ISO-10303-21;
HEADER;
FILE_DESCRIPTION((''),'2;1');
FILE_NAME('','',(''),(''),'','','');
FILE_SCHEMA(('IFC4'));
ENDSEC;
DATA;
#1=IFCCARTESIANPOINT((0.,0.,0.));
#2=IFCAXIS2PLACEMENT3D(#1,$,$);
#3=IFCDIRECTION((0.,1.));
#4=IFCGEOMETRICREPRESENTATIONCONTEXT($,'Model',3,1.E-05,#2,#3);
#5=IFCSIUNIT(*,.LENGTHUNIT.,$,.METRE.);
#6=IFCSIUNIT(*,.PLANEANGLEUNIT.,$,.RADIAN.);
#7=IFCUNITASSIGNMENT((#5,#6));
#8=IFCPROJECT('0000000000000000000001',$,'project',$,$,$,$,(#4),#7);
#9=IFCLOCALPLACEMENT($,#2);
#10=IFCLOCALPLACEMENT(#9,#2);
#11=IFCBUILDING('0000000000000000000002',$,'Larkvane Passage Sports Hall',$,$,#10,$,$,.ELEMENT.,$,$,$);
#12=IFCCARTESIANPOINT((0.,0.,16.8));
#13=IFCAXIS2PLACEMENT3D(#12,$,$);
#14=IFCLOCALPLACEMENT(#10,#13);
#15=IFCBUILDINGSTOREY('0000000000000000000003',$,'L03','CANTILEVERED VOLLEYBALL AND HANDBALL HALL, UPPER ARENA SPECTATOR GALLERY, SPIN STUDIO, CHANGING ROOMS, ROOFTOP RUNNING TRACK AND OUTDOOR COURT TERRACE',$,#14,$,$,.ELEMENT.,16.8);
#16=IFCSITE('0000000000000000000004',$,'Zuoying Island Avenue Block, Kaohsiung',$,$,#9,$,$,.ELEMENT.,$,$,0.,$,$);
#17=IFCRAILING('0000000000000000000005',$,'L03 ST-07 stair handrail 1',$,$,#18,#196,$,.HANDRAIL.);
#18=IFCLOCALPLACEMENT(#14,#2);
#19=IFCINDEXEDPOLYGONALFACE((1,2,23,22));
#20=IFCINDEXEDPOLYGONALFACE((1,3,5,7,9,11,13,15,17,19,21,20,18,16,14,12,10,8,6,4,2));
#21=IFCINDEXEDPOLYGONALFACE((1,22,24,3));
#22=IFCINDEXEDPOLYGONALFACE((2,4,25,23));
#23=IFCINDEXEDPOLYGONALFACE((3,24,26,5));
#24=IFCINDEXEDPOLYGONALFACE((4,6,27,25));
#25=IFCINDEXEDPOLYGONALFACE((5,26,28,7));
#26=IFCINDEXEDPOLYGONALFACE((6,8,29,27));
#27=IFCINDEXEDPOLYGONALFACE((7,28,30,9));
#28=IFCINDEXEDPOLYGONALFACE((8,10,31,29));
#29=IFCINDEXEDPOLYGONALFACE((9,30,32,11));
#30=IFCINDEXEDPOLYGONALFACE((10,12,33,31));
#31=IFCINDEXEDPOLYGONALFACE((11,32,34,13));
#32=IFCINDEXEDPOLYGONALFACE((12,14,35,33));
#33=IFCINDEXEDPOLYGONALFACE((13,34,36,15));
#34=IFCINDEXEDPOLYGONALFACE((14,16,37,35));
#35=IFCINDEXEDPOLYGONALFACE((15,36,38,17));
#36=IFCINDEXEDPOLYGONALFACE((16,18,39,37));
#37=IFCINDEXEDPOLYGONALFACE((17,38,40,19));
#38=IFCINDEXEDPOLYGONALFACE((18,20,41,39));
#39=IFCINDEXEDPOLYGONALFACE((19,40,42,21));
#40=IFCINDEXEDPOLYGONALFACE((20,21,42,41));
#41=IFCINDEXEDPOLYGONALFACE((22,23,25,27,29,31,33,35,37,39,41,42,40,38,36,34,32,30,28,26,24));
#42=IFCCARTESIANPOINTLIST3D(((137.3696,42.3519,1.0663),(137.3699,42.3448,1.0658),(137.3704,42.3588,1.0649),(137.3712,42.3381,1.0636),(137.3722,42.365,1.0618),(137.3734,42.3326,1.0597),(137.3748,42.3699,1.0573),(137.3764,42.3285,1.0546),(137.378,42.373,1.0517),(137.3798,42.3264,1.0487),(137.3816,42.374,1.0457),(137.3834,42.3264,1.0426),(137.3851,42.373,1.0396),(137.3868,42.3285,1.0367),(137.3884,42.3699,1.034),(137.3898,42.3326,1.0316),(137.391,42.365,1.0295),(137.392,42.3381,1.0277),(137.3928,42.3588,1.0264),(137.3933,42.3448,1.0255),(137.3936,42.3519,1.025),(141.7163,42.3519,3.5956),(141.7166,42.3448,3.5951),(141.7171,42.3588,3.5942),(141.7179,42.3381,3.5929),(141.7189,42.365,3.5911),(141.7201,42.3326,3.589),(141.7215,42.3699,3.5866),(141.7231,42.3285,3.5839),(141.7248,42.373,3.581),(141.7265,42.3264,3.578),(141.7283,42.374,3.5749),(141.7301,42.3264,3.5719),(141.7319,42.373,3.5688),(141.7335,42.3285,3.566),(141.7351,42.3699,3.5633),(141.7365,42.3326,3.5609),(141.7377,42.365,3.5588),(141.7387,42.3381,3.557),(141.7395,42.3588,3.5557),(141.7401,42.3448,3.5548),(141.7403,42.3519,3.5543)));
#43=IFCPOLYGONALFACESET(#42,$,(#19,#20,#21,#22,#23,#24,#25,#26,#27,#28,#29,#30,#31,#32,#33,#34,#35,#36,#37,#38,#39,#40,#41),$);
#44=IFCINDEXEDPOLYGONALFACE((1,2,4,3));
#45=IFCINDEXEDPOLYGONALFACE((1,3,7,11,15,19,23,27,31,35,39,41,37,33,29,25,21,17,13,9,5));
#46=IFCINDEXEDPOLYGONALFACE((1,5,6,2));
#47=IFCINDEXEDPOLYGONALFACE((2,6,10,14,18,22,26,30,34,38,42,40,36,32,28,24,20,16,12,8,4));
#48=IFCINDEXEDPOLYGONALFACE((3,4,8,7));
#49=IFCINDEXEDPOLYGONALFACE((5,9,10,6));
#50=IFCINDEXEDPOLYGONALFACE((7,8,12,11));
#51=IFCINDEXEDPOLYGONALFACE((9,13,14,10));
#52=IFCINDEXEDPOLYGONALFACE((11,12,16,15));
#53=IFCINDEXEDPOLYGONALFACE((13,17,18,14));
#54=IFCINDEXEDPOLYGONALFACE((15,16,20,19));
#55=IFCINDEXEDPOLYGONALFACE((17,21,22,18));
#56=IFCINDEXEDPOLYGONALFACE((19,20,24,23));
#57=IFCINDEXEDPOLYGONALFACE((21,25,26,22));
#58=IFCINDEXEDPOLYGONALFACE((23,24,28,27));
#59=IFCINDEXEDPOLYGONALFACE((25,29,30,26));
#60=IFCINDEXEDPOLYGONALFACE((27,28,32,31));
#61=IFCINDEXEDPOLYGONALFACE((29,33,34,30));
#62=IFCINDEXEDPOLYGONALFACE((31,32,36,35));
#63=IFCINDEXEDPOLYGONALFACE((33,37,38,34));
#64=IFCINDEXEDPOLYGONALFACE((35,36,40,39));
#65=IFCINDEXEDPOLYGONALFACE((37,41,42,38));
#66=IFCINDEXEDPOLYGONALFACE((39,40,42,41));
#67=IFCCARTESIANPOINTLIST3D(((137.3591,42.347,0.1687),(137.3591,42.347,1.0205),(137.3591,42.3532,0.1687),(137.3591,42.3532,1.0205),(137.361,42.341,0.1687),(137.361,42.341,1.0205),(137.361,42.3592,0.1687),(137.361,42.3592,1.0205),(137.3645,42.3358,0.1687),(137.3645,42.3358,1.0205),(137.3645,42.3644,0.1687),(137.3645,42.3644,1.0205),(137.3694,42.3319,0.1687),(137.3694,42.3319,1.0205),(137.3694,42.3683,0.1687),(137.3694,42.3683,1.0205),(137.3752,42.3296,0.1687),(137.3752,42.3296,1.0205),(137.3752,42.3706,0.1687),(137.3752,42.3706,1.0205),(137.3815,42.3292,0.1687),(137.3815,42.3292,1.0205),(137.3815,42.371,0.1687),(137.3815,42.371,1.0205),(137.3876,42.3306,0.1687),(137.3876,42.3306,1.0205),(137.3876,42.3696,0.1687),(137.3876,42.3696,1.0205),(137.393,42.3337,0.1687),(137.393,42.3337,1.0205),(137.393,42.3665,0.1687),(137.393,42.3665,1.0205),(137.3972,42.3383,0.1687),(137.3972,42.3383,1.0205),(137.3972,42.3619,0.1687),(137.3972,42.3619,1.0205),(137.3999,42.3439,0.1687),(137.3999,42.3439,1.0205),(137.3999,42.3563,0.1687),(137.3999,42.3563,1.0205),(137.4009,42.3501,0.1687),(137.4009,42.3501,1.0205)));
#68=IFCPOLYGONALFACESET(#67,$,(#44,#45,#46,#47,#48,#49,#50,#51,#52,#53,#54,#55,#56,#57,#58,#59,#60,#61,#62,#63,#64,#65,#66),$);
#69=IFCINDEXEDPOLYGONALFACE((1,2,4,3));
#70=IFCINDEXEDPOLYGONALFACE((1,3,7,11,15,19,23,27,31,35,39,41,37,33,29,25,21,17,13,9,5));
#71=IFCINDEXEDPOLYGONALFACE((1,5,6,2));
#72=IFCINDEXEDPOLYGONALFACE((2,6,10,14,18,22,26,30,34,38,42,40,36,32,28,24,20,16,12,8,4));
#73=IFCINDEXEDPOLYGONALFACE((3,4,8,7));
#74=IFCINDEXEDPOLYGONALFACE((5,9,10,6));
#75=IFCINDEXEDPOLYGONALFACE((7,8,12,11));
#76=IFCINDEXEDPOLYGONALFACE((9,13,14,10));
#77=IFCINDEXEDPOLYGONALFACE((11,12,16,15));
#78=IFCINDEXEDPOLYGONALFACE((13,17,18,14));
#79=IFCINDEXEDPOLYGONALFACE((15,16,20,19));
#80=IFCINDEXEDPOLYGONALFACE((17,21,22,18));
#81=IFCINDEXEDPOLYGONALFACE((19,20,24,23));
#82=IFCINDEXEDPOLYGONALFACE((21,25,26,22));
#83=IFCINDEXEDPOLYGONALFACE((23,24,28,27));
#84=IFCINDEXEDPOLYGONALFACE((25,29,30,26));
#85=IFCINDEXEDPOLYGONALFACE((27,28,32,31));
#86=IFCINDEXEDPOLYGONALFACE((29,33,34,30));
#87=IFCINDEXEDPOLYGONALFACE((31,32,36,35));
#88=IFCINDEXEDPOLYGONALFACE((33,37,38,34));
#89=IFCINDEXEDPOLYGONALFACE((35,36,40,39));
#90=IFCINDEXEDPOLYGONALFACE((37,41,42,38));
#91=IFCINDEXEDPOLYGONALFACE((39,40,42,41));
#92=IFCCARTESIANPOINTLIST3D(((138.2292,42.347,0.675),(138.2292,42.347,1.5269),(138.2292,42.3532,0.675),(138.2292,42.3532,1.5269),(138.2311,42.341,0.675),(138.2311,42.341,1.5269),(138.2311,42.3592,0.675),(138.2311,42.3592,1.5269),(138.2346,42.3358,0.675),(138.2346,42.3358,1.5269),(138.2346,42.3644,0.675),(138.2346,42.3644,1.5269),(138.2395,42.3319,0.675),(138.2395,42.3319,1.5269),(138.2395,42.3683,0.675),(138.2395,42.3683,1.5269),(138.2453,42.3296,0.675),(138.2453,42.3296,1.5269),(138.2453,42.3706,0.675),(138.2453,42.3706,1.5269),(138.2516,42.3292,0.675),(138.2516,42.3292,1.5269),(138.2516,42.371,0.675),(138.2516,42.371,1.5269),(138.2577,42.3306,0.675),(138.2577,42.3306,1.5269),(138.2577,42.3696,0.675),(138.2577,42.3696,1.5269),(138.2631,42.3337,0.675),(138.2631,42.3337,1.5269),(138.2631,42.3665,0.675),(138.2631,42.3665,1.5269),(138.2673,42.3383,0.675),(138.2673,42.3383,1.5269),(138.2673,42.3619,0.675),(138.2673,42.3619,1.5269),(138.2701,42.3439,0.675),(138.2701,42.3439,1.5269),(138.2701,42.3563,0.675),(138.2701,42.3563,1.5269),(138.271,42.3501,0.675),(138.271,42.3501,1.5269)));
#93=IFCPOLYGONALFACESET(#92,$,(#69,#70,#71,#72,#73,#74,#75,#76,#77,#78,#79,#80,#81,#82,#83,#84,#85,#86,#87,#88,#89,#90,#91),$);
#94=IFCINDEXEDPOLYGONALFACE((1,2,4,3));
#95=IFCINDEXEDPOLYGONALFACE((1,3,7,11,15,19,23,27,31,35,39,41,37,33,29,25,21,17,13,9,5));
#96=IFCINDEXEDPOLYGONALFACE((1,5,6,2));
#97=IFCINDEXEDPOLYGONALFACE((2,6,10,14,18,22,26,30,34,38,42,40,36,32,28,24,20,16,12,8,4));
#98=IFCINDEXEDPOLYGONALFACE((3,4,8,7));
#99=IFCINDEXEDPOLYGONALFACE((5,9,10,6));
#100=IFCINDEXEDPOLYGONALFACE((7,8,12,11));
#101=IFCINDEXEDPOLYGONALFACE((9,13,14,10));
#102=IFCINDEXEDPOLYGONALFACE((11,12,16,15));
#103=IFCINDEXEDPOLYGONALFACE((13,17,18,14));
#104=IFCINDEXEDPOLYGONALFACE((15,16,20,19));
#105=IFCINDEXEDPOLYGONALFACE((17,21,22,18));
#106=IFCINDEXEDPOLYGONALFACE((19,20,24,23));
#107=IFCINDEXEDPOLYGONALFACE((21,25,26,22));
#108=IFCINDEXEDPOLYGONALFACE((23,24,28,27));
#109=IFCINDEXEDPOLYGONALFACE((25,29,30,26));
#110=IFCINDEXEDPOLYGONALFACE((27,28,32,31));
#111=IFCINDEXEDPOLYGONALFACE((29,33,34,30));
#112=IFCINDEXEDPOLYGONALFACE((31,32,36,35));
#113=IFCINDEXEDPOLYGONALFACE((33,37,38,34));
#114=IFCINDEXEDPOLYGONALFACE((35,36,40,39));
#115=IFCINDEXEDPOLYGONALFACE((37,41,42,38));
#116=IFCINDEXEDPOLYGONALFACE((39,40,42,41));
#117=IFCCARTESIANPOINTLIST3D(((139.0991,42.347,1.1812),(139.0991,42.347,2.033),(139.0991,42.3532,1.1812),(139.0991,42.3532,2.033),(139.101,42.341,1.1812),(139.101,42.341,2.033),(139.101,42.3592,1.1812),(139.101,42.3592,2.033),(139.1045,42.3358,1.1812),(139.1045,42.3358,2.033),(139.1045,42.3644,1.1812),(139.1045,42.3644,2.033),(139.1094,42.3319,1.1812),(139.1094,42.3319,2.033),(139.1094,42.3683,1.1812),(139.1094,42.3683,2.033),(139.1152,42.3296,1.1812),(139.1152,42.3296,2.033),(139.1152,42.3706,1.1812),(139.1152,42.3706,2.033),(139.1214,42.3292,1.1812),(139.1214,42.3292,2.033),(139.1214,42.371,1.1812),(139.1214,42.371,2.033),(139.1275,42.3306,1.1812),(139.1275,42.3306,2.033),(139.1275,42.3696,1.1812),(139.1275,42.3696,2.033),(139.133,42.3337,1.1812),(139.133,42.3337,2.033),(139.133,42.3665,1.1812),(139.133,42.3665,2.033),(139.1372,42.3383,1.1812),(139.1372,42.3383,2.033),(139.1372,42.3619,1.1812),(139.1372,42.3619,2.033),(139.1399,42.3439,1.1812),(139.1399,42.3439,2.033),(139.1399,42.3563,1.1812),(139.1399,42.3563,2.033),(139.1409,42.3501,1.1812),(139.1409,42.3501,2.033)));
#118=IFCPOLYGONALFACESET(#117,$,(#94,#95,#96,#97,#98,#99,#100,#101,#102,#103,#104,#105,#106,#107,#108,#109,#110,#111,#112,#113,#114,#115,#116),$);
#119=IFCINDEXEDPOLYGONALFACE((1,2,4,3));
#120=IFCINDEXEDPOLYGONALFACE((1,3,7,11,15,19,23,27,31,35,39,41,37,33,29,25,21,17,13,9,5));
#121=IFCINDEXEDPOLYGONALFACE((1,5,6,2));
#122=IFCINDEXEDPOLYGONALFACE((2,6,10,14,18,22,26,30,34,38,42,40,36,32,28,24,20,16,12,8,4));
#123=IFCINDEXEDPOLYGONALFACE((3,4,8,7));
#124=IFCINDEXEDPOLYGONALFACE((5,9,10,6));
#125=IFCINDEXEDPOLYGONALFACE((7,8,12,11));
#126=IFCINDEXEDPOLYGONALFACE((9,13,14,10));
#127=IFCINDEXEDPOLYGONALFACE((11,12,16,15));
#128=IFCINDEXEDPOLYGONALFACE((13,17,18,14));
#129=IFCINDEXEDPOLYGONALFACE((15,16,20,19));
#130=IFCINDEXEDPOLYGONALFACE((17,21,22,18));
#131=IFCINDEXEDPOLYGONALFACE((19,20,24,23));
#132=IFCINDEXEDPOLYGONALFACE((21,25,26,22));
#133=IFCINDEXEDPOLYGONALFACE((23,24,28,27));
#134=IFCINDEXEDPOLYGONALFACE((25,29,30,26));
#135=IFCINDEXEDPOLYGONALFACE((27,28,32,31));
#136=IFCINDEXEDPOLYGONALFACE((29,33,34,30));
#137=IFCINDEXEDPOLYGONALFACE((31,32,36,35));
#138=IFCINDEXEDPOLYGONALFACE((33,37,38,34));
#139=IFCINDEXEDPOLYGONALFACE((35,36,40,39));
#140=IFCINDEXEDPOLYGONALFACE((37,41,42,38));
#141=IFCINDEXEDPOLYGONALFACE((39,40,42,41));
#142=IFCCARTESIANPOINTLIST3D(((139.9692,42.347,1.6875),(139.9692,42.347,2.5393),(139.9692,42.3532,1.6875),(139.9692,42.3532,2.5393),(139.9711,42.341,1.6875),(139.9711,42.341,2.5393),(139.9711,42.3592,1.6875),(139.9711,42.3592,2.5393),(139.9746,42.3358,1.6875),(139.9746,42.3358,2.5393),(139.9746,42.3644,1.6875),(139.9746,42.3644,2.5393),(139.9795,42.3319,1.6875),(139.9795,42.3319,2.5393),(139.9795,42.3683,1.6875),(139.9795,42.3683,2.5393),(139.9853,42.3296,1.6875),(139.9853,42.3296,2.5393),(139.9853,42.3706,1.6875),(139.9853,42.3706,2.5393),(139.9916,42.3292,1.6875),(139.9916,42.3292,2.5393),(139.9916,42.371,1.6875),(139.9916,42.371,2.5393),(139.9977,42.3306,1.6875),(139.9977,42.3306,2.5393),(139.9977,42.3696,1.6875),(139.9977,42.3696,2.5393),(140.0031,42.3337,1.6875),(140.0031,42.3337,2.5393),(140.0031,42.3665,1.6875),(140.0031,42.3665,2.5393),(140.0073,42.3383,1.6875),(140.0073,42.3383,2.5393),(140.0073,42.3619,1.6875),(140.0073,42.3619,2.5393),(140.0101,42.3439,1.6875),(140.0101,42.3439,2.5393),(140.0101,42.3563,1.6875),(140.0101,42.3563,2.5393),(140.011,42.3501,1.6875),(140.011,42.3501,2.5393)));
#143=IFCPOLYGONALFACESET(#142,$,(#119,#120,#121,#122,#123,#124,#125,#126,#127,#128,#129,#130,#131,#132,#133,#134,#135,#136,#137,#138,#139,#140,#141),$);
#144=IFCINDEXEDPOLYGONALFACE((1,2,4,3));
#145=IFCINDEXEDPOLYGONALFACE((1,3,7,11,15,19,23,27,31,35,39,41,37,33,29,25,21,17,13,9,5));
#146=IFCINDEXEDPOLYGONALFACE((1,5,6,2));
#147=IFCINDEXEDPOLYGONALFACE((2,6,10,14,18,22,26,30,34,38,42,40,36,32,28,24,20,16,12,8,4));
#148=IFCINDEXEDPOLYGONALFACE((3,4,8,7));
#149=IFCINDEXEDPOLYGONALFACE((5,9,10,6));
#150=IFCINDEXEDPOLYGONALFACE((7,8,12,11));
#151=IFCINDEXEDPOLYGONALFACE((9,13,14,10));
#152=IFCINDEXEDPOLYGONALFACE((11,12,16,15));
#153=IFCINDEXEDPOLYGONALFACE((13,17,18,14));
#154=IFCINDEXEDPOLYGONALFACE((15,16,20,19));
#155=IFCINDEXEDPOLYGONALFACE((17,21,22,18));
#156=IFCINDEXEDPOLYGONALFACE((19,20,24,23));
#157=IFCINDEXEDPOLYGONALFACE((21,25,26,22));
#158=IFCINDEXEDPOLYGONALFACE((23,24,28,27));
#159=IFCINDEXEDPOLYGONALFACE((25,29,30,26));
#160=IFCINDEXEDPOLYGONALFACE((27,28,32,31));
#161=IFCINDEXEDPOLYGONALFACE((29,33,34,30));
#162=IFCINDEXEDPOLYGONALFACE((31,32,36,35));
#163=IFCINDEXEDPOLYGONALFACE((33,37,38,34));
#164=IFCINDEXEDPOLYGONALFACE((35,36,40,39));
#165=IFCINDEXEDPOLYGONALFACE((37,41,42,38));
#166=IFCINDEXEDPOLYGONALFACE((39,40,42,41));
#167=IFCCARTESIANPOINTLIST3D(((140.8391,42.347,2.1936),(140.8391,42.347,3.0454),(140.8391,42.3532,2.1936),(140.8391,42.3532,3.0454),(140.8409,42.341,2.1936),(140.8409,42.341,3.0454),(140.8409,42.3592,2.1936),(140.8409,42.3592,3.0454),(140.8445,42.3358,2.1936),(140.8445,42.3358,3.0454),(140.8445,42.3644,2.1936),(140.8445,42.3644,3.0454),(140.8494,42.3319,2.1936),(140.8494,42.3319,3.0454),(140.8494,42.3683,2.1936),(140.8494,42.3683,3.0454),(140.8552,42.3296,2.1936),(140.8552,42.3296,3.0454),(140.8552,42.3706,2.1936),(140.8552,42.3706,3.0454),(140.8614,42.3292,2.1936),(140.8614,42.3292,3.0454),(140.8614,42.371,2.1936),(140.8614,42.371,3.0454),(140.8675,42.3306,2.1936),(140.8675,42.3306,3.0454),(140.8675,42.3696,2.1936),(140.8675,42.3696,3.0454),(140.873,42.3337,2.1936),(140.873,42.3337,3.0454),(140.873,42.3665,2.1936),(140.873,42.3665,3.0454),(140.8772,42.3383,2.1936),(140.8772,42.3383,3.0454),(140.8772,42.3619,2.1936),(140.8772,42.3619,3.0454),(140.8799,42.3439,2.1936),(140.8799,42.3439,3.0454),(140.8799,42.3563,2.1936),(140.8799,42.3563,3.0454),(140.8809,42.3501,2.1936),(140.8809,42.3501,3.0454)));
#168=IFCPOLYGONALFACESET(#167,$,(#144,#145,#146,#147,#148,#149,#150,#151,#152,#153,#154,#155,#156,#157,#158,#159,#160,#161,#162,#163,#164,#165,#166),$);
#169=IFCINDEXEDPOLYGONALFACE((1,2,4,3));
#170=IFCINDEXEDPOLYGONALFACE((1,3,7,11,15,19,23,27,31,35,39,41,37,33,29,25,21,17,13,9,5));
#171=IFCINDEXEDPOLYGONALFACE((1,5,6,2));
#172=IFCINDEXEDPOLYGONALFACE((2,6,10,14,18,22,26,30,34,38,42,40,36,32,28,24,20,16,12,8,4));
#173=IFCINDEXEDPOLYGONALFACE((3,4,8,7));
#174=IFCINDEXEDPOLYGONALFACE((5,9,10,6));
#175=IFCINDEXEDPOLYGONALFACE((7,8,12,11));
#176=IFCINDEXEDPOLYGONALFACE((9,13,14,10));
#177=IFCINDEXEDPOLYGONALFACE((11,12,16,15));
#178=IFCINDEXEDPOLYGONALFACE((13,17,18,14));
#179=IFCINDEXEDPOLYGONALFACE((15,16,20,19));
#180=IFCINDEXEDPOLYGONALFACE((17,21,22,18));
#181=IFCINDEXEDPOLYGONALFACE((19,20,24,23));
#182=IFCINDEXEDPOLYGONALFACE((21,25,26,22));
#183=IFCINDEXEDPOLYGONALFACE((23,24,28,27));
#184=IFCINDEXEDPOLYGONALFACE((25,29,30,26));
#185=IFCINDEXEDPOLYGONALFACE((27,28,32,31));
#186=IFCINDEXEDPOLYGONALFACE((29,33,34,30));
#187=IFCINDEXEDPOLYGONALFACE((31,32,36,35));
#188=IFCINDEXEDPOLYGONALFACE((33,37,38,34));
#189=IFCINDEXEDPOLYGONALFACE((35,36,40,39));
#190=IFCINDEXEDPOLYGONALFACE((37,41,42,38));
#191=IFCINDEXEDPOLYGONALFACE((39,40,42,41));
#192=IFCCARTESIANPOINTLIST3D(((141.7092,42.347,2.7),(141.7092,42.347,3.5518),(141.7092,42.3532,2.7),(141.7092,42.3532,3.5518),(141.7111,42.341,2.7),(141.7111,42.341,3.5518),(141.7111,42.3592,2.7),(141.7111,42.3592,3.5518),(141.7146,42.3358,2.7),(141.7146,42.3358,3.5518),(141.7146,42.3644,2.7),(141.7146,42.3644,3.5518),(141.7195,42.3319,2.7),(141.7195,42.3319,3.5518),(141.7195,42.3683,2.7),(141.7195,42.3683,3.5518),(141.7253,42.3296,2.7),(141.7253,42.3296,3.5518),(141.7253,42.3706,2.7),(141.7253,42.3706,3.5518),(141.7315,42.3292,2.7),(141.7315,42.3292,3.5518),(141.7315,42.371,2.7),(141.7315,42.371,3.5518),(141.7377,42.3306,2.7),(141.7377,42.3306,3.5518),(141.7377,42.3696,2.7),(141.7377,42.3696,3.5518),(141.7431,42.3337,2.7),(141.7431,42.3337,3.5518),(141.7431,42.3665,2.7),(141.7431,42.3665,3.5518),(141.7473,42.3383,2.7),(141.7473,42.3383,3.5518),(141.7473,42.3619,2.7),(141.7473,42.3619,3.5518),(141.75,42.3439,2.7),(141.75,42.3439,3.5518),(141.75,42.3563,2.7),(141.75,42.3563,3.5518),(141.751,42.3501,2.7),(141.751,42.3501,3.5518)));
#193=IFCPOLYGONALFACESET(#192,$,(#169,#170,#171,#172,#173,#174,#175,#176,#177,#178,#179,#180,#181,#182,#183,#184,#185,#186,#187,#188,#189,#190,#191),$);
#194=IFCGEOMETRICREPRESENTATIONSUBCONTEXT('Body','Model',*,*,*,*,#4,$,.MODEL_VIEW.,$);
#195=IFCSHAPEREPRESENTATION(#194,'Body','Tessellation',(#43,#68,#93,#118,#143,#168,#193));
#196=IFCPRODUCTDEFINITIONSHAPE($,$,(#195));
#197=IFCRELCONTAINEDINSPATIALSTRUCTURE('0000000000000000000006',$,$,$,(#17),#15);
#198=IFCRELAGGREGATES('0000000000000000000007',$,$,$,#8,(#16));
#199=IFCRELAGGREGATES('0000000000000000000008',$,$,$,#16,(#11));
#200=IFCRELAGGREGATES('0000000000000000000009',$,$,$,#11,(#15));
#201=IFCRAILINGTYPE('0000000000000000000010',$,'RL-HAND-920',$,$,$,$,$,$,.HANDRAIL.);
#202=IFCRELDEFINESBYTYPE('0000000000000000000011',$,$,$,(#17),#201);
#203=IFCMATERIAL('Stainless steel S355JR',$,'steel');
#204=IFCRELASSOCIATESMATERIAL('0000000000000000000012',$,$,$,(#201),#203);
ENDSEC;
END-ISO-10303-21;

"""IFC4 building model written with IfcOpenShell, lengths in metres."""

from ifc_helpers import new_model, si_unit, direction, frame, origin, origin_2d, place, context, subcontext, project, spatial, circle, extrude, material, type_object, element, save


model = new_model("IFC4")

# Units and contexts
model_context = context("Model", 3, precision=1e-05, world=origin(), true_north=direction((0.0, 1.0)))
body_context = subcontext(model_context, "Body", "Model", "MODEL_VIEW")
ifc_project = project(units=[si_unit("LENGTHUNIT", "METRE"), si_unit("PLANEANGLEUNIT", "RADIAN")], contexts=[model_context])

# Site, building, storey
site_placement = place(None, origin())
site = spatial("IfcSite", under=ifc_project, at=site_placement, Name="Zuoying Island Avenue Block, Kaohsiung", CompositionType="ELEMENT", RefElevation=0.0)
building_placement = place(site_placement, origin())
building = spatial("IfcBuilding", under=site, at=building_placement, Name="Larkvane Passage Sports Hall", CompositionType="ELEMENT")
storey_placement = place(building_placement, frame((0.0, 0.0, 16.8)))
storey = spatial("IfcBuildingStorey", under=building, at=storey_placement, Name="L03", Description="CANTILEVERED VOLLEYBALL AND HANDBALL HALL, UPPER ARENA SPECTATOR GALLERY, SPIN STUDIO, CHANGING ROOMS, ROOFTOP RUNNING TRACK AND OUTDOOR COURT TERRACE", CompositionType="ELEMENT", Elevation=16.8)

# Railing
ifc_material_1 = material(Name="Stainless steel S355JR", Category="steel")
railing_type_1 = type_object("IfcRailingType", Name="RL-HAND-920", PredefinedType="HANDRAIL", material=ifc_material_1)
railing_1_placement = place(storey_placement, frame((137.3799, 42.3501, 0.1687)))
element("IfcRailing", 1, at=railing_1_placement, inside=storey, type_object=railing_type_1, Name="L03 ST-07 stair handrail 1", PredefinedType="HANDRAIL", context=body_context, shape_type="SweptSolid", body=[
    extrude(circle(Radius=0.0239, at=origin_2d()), frame((0.0017, 0.0, 0.877), z_axis=(0.864324, 0.0, 0.502936), x_axis=(0.0, 1.0, 0.0)), (0.0, 0.0, 1.0), 5.0291),
    extrude(circle(Radius=0.021, at=origin_2d()), origin(), (0.0, 0.0, 1.0), 0.8518),
    extrude(circle(Radius=0.021, at=origin_2d()), frame((0.8701, 0.0, 0.5063)), (0.0, 0.0, 1.0), 0.8518),
    extrude(circle(Radius=0.021, at=origin_2d()), frame((1.74, 0.0, 1.0125)), (0.0, 0.0, 1.0), 0.8518),
    extrude(circle(Radius=0.021, at=origin_2d()), frame((2.6101, 0.0, 1.5188)), (0.0, 0.0, 1.0), 0.8518),
    extrude(circle(Radius=0.021, at=origin_2d()), frame((3.48, 0.0, 2.0249)), (0.0, 0.0, 1.0), 0.8518),
    extrude(circle(Radius=0.021, at=origin_2d()), frame((4.3501, 0.0, 2.5312)), (0.0, 0.0, 1.0), 0.8518),
])

save(model, "model.ifc")
